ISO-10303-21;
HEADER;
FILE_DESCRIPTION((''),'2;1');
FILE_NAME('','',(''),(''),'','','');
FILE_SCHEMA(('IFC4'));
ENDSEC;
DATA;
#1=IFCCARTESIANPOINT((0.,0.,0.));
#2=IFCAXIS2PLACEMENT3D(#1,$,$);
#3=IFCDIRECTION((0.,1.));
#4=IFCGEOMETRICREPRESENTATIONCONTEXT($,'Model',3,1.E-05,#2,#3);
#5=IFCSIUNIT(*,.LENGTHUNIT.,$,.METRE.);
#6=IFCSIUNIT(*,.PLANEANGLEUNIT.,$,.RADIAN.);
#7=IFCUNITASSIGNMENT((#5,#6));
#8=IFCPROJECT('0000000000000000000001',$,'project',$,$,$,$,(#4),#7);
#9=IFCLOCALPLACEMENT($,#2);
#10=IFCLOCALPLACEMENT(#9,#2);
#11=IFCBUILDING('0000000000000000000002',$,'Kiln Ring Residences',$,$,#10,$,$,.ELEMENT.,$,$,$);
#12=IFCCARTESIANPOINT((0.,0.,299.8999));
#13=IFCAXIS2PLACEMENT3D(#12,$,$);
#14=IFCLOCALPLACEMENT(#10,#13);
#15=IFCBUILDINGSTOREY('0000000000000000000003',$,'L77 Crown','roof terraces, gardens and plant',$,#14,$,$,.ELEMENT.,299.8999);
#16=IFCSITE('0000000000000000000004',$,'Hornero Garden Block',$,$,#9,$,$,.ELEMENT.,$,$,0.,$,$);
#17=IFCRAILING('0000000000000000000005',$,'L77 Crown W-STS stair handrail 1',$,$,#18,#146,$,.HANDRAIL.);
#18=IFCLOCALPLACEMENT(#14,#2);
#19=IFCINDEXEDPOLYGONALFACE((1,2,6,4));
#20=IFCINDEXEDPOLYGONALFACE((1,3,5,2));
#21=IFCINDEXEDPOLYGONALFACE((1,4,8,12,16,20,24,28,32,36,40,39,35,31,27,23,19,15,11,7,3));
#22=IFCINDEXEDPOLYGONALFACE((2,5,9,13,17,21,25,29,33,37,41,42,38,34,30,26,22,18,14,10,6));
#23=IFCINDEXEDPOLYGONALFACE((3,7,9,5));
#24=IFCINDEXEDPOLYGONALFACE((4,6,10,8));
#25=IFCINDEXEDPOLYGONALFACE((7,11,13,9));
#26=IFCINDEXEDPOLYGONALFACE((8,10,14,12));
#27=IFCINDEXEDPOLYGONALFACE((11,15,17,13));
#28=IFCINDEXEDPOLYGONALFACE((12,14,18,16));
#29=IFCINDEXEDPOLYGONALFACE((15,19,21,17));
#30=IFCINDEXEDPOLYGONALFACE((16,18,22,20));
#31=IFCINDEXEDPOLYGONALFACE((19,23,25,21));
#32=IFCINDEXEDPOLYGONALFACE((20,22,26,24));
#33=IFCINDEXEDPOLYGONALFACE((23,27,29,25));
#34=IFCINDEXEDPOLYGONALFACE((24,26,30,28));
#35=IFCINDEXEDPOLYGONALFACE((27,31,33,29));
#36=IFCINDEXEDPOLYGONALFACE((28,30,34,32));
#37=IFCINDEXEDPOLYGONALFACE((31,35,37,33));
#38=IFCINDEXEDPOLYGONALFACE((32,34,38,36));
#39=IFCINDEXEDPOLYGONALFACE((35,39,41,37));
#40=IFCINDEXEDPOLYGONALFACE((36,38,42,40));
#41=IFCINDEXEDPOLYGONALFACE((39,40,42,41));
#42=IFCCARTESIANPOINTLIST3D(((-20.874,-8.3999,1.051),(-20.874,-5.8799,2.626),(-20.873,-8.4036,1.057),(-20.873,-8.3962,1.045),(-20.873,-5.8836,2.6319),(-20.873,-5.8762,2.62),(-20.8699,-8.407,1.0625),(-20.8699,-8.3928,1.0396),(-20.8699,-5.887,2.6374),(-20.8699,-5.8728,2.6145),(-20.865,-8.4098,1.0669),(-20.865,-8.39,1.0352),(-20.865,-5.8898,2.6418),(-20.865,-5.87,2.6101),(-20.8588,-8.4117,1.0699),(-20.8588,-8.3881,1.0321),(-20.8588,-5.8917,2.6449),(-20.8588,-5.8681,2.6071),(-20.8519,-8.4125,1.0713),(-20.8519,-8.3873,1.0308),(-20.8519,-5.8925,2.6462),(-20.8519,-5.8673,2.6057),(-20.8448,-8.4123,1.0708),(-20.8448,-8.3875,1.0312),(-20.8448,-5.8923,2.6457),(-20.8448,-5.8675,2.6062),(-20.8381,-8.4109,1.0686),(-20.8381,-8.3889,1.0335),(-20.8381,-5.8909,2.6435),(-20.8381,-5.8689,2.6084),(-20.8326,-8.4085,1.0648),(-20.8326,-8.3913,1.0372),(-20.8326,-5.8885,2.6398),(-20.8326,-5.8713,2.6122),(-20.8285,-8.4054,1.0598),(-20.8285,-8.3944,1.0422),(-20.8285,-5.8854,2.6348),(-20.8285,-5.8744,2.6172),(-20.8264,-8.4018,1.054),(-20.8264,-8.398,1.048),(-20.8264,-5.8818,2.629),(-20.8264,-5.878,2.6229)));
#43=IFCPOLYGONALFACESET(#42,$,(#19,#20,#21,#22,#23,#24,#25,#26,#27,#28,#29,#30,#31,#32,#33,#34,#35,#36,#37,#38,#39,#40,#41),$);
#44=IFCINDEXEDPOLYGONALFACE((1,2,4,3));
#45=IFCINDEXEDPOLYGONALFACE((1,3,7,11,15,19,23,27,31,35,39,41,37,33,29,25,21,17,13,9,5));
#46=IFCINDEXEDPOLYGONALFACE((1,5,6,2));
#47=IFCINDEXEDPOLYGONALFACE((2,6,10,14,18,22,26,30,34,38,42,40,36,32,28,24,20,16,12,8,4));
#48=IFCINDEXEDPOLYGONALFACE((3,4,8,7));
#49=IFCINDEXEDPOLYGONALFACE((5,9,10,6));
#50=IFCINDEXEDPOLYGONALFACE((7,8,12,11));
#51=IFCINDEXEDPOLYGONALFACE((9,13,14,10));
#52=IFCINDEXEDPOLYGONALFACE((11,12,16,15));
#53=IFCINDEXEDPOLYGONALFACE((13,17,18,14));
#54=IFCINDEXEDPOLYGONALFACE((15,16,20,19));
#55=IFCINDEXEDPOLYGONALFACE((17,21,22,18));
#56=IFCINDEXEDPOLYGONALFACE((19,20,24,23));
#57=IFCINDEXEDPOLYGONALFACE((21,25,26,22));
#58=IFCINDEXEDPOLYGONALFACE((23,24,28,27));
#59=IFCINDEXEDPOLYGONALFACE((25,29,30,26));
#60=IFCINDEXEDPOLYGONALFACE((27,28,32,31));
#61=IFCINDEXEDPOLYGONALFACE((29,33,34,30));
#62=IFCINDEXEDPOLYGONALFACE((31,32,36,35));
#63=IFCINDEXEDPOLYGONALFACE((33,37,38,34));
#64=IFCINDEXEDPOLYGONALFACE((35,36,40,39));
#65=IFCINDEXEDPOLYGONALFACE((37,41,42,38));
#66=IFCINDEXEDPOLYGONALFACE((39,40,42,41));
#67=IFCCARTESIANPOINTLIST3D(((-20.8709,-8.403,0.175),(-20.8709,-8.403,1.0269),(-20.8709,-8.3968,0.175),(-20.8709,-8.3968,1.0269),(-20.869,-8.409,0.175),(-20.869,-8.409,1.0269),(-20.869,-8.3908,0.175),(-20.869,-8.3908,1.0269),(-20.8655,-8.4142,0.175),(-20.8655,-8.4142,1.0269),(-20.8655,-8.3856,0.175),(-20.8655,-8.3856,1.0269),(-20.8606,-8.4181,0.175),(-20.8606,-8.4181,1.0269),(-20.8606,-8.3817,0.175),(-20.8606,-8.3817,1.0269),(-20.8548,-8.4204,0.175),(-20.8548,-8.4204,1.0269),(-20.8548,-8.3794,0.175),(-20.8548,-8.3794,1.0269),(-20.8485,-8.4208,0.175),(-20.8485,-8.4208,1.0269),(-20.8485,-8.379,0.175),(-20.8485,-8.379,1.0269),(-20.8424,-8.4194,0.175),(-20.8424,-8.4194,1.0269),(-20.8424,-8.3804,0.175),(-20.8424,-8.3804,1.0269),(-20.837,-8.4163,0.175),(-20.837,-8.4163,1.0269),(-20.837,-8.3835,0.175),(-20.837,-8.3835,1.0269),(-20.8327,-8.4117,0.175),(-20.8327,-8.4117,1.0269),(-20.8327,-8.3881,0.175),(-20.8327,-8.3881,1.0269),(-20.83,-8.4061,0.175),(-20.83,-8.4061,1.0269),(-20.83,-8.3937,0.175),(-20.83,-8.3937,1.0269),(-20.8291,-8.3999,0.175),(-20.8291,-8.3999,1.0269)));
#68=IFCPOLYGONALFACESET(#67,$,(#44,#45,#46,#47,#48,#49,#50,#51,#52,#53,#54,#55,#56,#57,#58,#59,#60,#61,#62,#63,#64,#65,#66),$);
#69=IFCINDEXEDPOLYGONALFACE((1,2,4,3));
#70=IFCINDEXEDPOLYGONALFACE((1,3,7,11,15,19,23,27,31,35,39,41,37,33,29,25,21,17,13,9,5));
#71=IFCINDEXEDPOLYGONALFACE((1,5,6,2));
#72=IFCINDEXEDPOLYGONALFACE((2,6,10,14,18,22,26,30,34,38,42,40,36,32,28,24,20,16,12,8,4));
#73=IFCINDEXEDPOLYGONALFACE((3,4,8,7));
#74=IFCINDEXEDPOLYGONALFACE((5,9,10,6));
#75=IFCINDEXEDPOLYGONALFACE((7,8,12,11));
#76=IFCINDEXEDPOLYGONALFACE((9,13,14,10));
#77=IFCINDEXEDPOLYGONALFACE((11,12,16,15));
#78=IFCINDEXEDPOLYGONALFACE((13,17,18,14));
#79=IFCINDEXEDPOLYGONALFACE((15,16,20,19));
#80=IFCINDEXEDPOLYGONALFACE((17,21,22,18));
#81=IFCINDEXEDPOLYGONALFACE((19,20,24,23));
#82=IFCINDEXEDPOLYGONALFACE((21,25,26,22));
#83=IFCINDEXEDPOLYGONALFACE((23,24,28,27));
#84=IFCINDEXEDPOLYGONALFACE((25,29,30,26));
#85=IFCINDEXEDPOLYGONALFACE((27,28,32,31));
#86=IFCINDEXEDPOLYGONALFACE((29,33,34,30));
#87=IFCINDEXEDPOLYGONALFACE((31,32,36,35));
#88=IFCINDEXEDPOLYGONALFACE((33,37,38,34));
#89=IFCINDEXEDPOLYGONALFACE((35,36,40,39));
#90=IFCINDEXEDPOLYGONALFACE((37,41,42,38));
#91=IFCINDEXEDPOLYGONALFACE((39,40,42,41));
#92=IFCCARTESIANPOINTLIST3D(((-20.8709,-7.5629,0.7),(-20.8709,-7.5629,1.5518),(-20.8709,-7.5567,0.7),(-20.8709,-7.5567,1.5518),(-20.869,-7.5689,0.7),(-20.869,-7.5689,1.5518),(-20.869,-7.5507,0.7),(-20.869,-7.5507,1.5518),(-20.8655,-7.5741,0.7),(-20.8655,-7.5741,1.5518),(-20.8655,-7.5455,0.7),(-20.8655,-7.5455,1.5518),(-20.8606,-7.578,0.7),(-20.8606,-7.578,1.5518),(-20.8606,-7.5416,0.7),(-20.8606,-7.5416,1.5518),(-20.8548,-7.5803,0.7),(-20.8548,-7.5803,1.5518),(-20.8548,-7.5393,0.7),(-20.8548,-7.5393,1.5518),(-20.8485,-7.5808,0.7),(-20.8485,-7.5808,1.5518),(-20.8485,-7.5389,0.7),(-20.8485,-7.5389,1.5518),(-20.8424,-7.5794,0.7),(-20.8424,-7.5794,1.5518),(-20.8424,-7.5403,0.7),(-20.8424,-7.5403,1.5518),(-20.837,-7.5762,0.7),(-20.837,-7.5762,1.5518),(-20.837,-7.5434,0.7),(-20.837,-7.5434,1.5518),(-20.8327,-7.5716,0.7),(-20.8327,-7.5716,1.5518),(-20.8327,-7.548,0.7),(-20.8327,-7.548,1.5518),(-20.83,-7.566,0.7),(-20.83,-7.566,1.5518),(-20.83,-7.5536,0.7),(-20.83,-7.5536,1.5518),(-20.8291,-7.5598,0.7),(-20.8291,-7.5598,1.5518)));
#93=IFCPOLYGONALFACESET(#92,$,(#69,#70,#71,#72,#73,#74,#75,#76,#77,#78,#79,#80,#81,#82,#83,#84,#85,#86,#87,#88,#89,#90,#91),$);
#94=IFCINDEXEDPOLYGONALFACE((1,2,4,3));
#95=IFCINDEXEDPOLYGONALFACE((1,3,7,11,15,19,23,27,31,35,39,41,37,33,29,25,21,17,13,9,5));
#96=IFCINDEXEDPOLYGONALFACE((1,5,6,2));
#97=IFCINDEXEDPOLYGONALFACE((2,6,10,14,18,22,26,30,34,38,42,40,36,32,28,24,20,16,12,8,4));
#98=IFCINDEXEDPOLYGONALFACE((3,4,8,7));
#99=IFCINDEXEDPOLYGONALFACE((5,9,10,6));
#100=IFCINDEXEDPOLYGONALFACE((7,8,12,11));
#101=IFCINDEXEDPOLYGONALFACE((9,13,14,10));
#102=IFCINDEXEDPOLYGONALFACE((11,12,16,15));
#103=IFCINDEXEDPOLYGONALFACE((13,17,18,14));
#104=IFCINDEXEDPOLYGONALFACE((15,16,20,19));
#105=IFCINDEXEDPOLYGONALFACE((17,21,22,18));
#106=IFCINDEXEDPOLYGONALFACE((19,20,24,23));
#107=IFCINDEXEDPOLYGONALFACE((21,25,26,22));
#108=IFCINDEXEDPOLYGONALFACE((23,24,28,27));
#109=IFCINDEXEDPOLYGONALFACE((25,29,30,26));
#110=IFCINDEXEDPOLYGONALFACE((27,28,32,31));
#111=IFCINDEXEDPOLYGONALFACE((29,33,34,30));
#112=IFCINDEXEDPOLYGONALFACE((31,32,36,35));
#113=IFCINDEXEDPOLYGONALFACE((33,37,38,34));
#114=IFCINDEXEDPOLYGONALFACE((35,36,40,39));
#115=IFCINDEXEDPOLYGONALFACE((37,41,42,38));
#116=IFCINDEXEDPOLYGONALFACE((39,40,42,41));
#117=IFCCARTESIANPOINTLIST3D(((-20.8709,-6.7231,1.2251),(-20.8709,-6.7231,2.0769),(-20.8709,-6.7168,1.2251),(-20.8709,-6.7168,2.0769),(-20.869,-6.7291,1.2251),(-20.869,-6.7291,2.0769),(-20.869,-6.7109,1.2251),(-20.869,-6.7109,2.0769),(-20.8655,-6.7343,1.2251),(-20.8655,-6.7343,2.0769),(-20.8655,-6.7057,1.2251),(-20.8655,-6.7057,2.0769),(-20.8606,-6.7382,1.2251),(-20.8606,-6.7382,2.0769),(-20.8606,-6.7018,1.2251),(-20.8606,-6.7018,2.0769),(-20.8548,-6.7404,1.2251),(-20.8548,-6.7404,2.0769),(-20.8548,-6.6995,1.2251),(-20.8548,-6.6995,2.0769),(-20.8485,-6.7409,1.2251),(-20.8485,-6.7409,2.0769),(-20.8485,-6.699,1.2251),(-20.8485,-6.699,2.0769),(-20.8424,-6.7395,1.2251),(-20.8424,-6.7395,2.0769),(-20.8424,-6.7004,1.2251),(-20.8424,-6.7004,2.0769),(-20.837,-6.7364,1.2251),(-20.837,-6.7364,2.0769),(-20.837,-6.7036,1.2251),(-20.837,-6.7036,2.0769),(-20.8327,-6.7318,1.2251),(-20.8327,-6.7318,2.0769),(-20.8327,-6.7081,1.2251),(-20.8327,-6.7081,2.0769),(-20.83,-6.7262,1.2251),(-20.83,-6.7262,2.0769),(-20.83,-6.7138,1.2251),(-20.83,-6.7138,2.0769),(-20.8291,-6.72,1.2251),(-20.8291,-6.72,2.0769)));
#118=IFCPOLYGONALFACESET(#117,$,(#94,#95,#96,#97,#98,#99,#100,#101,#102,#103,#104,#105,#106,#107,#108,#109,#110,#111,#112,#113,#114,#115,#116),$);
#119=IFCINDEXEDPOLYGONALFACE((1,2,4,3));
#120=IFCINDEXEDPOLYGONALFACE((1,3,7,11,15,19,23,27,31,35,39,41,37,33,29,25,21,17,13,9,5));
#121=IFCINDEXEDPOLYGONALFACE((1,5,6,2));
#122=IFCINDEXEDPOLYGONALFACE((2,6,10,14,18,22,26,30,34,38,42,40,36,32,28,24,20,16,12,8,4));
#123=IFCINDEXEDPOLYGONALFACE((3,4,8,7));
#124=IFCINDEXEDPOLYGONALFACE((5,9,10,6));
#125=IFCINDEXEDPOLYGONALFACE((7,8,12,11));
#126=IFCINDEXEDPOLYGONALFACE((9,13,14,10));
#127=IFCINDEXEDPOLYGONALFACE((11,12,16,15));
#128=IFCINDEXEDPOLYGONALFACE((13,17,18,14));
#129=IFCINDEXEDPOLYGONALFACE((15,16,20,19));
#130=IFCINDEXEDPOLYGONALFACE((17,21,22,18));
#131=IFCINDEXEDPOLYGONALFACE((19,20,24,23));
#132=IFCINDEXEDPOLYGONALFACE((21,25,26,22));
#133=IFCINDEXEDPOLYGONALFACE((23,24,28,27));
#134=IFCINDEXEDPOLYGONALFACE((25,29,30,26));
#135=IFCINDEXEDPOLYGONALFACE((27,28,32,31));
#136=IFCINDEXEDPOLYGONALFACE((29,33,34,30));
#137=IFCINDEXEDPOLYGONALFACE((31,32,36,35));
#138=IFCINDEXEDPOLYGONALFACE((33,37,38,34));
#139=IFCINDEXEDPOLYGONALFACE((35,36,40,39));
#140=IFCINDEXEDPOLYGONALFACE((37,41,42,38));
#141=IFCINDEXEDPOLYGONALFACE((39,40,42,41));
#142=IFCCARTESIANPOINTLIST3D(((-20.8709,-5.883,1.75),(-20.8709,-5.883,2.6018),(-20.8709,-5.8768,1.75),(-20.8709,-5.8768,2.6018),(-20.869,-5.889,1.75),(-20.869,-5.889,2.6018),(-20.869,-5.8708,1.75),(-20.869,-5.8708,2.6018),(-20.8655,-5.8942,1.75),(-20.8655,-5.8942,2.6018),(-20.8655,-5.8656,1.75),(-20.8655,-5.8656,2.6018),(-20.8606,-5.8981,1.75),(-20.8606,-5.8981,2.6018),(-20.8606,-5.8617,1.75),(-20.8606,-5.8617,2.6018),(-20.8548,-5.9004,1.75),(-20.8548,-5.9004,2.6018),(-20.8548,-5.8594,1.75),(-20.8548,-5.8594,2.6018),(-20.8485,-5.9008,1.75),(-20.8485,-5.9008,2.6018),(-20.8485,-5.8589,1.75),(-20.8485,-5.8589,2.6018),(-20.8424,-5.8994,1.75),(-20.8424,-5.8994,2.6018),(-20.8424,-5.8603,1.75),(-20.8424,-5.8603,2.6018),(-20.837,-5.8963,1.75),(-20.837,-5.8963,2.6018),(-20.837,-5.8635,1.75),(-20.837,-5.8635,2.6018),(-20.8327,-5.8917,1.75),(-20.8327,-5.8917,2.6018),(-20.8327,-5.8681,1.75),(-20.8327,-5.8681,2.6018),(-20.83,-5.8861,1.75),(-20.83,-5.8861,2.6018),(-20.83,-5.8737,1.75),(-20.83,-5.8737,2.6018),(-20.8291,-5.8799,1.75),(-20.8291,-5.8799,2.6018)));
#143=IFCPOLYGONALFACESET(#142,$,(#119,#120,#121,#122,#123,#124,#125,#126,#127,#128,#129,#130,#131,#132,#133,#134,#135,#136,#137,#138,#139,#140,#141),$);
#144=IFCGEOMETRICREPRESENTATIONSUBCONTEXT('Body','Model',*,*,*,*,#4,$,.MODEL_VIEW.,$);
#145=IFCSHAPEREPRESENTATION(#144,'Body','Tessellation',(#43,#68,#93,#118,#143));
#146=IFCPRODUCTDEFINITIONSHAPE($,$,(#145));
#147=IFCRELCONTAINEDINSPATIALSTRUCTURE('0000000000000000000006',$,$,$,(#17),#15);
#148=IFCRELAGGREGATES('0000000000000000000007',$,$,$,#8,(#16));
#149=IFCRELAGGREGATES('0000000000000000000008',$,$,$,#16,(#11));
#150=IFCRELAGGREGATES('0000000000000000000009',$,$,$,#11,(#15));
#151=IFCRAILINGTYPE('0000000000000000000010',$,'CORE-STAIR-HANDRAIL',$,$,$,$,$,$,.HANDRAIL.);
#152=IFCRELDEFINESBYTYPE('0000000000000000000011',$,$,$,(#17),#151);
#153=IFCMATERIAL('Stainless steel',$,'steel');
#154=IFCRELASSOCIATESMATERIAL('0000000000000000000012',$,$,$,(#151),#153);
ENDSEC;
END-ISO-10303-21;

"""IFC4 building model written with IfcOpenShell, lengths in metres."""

from ifc_helpers import new_model, si_unit, direction, frame, origin, origin_2d, place, context, subcontext, project, spatial, circle, extrude, material, type_object, element, save


model = new_model("IFC4")

# Units and contexts
model_context = context("Model", 3, precision=1e-05, world=origin(), true_north=direction((0.0, 1.0)))
body_context = subcontext(model_context, "Body", "Model", "MODEL_VIEW")
ifc_project = project(units=[si_unit("LENGTHUNIT", "METRE"), si_unit("PLANEANGLEUNIT", "RADIAN")], contexts=[model_context])

# Site, building, storey
site_placement = place(None, origin())
site = spatial("IfcSite", under=ifc_project, at=site_placement, Name="Hornero Garden Block", CompositionType="ELEMENT", RefElevation=0.0)
building_placement = place(site_placement, origin())
building = spatial("IfcBuilding", under=site, at=building_placement, Name="Kiln Ring Residences", CompositionType="ELEMENT")
storey_placement = place(building_placement, frame((0.0, 0.0, 299.8999)))
storey = spatial("IfcBuildingStorey", under=building, at=storey_placement, Name="L77 Crown", Description="roof terraces, gardens and plant", CompositionType="ELEMENT", Elevation=299.8999)

# Railing
ifc_material_1 = material(Name="Stainless steel", Category="steel")
railing_type_1 = type_object("IfcRailingType", Name="CORE-STAIR-HANDRAIL", PredefinedType="HANDRAIL", material=ifc_material_1)
railing_1_placement = place(storey_placement, frame((-20.8501, -8.3999, 0.175)))
element("IfcRailing", 1, at=railing_1_placement, inside=storey, type_object=railing_type_1, Name="L77 Crown W-STS stair handrail 1", PredefinedType="HANDRAIL", context=body_context, shape_type="SweptSolid", body=[
    extrude(circle(Radius=0.0239, at=origin_2d()), frame((0.0, 0.0, 0.876), z_axis=(0.0, 0.848008, 0.529984), x_axis=(-1.0, 0.0, 0.0)), (0.0, 0.0, 1.0), 2.9717),
    extrude(circle(Radius=0.021, at=origin_2d()), origin(), (0.0, 0.0, 1.0), 0.8518),
    extrude(circle(Radius=0.021, at=origin_2d()), frame((0.0, 0.8401, 0.5249)), (0.0, 0.0, 1.0), 0.8518),
    extrude(circle(Radius=0.021, at=origin_2d()), frame((0.0, 1.6799, 1.05)), (0.0, 0.0, 1.0), 0.8518),
    extrude(circle(Radius=0.021, at=origin_2d()), frame((0.0, 2.52, 1.575)), (0.0, 0.0, 1.0), 0.8518),
])

save(model, "model.ifc")
